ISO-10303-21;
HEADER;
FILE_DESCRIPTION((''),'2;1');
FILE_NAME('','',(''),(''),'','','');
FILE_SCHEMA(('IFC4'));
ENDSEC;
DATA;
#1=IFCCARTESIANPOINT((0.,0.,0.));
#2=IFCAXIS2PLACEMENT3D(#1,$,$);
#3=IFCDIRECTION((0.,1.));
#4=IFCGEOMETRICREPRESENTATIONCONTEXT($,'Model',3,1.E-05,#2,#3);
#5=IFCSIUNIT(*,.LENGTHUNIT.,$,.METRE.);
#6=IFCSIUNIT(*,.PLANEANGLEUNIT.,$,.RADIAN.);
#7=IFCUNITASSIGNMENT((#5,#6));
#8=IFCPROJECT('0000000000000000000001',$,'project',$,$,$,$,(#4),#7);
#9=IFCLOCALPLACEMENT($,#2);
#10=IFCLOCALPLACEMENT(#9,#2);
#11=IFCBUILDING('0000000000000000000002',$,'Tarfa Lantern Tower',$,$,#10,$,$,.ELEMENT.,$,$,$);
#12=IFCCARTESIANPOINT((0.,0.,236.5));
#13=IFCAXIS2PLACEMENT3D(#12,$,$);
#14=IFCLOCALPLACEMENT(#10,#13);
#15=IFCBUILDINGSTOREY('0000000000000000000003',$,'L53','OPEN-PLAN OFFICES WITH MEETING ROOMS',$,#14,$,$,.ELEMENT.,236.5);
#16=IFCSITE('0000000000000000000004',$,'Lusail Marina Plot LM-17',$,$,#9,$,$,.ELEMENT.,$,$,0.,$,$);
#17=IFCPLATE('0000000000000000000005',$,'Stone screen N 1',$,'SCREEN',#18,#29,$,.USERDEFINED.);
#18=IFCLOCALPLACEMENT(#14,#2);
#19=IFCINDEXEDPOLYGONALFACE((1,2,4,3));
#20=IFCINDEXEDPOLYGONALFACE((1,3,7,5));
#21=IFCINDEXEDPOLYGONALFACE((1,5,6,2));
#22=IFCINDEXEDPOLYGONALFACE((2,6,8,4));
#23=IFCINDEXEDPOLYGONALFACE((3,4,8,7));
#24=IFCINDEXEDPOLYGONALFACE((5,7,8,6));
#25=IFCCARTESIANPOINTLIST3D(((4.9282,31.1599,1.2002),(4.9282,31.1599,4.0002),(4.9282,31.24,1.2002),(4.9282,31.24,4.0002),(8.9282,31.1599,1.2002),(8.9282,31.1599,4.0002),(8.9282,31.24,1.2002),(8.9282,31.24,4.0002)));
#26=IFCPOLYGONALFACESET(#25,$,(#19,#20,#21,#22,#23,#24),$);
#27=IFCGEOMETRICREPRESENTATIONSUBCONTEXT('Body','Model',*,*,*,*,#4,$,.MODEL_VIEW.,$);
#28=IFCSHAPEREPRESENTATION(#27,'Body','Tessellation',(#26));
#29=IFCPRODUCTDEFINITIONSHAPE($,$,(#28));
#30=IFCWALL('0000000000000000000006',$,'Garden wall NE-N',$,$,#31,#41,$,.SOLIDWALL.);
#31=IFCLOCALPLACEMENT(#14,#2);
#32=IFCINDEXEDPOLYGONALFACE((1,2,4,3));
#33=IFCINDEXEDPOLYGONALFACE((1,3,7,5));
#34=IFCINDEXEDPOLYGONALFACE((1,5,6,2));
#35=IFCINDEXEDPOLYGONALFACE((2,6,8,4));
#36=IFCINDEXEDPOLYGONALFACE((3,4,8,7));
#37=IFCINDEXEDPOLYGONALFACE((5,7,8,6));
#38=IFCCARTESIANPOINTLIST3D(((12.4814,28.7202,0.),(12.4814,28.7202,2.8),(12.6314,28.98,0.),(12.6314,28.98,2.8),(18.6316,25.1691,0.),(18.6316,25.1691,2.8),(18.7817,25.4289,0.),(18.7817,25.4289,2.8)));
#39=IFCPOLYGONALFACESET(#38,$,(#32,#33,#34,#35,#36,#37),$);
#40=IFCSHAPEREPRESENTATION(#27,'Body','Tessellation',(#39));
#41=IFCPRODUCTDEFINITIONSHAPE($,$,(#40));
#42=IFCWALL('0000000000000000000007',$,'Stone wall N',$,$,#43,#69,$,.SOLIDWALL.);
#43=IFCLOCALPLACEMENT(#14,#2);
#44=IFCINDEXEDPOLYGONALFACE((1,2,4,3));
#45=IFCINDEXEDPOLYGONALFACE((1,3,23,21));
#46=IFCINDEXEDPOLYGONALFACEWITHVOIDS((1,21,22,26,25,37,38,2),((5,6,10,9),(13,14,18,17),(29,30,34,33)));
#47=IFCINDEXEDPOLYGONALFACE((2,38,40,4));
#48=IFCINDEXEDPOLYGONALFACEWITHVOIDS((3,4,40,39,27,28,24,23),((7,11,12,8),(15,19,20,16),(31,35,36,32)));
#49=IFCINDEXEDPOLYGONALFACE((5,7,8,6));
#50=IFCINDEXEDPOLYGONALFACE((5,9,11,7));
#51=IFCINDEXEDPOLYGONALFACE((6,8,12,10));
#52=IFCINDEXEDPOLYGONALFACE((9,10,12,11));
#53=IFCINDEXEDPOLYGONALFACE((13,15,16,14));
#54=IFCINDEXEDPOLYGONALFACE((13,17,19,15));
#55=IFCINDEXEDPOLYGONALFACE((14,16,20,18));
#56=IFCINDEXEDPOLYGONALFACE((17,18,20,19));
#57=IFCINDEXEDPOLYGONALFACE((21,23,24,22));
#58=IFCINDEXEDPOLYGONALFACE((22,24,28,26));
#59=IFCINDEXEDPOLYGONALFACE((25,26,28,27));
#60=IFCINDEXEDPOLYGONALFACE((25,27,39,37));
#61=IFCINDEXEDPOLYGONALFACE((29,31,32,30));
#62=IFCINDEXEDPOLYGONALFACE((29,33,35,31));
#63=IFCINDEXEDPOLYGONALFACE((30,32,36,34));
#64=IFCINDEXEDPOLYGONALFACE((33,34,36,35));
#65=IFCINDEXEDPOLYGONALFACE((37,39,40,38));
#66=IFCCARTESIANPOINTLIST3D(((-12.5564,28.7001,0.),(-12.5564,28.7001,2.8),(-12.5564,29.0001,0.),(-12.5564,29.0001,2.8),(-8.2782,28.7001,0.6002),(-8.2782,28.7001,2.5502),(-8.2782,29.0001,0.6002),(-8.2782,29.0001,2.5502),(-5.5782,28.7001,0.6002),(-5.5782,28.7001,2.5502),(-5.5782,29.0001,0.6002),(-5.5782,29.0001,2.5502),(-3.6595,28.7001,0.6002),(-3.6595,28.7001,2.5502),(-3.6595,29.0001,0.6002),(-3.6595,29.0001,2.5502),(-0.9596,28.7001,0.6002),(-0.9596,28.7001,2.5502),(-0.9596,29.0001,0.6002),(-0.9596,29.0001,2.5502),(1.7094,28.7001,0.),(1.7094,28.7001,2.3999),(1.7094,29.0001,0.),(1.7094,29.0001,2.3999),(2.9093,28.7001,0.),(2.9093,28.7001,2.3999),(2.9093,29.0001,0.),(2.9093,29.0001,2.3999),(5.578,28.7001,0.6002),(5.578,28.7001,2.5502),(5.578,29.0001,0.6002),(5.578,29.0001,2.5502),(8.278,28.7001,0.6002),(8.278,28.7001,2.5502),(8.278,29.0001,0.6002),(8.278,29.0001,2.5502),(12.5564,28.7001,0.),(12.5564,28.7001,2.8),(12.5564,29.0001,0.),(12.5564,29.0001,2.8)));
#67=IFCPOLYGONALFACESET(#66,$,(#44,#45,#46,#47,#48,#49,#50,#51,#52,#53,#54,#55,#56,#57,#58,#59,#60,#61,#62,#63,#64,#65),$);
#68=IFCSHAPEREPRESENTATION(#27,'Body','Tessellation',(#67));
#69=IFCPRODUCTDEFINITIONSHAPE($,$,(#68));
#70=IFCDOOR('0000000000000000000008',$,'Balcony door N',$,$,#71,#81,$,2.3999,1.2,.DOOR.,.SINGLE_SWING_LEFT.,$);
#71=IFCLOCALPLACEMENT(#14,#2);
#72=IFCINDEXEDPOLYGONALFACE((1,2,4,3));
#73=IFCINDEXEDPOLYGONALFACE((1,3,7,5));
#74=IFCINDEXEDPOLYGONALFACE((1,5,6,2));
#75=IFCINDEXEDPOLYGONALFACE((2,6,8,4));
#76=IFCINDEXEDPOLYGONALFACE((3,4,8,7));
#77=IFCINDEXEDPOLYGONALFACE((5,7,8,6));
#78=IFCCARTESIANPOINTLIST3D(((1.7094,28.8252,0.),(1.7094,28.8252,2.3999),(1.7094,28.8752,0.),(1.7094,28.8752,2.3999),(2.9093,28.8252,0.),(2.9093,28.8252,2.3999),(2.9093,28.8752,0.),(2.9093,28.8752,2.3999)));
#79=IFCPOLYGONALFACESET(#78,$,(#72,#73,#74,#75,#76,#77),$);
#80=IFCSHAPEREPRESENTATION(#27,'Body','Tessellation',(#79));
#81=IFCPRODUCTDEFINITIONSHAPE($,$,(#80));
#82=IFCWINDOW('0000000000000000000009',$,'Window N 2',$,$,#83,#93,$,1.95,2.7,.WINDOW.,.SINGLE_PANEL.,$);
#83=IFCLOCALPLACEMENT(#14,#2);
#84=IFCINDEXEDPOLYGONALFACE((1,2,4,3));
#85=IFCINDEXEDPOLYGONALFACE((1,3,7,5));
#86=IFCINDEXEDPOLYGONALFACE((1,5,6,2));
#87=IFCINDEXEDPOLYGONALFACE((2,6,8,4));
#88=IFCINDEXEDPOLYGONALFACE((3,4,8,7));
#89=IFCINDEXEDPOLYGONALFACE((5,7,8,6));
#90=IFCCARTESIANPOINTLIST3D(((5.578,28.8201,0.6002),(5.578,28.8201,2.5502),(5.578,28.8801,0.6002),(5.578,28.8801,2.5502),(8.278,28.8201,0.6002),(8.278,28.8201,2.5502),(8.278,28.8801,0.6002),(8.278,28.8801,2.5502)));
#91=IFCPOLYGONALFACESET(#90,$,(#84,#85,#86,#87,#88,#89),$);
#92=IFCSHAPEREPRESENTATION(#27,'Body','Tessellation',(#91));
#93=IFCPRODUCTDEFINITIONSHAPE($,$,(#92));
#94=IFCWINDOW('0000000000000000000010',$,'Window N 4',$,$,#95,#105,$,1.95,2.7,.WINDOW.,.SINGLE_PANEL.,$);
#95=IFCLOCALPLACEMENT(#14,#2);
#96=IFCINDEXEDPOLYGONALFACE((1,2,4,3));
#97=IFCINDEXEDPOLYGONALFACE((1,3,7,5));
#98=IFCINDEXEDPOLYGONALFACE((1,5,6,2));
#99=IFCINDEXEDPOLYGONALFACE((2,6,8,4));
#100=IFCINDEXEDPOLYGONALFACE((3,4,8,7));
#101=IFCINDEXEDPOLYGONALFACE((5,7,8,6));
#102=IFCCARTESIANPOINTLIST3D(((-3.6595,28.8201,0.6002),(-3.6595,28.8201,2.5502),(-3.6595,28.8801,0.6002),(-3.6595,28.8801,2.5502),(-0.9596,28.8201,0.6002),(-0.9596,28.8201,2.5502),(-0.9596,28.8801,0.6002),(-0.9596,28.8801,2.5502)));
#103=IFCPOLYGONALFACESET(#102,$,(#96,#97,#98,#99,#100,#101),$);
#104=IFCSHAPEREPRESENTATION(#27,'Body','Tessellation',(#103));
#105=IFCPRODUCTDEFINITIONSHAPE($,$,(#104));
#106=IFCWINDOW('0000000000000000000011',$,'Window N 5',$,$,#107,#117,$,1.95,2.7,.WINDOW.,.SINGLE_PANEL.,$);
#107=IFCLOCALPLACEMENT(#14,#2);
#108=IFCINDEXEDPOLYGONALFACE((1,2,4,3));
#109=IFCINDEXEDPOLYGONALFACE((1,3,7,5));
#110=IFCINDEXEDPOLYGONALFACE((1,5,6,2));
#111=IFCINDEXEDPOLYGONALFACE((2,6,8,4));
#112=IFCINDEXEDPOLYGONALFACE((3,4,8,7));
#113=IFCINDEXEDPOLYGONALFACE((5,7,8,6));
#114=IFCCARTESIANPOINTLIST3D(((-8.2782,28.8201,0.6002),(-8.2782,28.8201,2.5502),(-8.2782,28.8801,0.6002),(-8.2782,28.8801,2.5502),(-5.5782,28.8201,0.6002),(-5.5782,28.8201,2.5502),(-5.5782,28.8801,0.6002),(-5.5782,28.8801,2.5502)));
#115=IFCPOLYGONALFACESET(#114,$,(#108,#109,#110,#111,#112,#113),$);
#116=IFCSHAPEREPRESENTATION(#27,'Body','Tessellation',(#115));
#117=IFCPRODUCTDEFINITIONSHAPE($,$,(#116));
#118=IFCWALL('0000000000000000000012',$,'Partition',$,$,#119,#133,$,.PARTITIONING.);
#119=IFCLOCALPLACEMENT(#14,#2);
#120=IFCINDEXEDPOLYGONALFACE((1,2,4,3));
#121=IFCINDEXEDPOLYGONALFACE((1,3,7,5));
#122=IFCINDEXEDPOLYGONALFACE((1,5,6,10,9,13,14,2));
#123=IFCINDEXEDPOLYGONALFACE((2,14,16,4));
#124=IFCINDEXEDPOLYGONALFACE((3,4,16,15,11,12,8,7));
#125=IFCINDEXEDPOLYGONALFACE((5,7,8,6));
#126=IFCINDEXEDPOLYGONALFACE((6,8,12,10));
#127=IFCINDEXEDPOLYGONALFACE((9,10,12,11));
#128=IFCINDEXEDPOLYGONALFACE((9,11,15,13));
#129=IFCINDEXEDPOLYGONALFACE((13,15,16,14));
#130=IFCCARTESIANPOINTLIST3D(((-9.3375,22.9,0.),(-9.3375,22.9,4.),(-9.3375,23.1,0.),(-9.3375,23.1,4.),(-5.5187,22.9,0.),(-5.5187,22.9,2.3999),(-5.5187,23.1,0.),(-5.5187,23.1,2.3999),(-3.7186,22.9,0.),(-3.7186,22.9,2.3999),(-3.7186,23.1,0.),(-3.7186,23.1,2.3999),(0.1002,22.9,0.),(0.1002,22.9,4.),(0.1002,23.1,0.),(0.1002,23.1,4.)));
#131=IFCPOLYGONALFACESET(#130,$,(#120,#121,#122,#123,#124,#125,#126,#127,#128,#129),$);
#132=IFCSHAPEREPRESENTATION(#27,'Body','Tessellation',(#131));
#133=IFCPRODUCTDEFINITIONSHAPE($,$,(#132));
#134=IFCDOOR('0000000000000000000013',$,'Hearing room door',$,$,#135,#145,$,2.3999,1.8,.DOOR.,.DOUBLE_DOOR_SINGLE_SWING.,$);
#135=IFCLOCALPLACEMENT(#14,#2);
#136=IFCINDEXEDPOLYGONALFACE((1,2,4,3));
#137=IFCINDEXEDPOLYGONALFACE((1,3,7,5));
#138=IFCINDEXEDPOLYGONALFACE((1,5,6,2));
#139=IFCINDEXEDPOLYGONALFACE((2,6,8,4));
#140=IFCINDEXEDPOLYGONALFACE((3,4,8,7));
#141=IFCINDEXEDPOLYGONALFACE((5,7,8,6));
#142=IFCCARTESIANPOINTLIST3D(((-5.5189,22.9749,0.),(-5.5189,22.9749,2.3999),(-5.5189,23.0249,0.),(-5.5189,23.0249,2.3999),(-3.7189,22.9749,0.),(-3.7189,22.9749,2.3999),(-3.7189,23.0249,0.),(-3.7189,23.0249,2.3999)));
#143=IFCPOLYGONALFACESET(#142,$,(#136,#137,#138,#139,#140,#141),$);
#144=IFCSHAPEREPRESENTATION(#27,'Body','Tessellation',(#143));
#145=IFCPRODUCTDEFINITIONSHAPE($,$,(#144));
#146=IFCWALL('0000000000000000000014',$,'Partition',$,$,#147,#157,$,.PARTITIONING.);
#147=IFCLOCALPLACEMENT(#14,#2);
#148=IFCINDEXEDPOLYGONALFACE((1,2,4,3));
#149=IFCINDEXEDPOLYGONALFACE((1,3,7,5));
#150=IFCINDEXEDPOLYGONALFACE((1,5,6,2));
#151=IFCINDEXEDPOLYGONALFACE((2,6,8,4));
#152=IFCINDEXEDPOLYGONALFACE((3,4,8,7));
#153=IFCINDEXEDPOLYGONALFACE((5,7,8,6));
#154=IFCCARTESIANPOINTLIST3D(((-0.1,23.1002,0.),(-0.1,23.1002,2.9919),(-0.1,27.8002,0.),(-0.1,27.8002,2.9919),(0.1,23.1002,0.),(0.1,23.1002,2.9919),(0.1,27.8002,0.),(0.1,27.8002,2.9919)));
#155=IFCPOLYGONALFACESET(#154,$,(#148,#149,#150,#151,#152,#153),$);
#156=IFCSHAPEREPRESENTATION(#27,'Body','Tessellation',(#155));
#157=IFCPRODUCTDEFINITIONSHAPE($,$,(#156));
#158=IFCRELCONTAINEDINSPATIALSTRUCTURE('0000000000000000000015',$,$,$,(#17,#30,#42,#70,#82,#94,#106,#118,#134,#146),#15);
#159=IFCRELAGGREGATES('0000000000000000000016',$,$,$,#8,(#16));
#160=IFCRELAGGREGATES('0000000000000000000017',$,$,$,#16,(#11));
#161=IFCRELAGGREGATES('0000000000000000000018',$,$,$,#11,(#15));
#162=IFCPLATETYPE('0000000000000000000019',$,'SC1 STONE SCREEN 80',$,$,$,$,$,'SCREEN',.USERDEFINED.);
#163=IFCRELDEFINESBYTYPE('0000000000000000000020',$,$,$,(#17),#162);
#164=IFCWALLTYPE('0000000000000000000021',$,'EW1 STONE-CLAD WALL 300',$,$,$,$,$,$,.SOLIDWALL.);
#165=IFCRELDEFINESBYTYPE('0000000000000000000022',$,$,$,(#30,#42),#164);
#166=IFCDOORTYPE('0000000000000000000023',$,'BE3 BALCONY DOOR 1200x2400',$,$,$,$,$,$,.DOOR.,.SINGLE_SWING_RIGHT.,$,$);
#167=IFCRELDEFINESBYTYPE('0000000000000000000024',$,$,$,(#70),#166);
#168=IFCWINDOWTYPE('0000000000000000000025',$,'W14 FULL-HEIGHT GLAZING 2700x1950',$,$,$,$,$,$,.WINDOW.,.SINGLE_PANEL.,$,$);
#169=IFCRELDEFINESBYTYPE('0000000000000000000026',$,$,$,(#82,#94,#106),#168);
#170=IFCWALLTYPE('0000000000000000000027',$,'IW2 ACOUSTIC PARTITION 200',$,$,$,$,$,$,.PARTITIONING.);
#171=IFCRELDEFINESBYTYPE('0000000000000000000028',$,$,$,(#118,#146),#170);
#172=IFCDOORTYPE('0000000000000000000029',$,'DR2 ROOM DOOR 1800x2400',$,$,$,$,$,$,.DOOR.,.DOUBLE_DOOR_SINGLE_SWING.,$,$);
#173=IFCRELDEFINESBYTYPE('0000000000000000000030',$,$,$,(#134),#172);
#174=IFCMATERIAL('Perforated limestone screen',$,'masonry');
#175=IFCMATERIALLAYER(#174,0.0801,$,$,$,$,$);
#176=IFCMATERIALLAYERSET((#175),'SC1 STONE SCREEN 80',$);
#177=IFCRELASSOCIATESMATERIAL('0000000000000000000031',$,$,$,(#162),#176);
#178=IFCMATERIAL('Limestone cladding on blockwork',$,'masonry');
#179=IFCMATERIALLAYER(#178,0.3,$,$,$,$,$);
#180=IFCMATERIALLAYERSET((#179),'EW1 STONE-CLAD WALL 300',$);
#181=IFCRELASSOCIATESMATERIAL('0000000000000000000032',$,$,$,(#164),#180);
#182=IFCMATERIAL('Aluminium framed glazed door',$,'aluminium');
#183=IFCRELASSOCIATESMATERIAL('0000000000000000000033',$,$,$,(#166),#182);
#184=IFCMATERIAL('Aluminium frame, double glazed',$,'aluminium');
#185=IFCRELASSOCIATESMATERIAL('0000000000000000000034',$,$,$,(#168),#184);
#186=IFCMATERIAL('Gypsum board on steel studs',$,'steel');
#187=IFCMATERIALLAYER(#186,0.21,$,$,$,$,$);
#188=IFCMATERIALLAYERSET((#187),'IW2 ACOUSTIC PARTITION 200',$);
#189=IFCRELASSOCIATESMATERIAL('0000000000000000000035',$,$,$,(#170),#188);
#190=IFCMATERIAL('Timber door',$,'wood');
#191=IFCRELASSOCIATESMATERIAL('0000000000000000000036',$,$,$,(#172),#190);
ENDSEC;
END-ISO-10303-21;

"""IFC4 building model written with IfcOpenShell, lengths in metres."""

from ifc_helpers import new_model, si_unit, direction, frame, frame_2d, origin, origin_2d, place, context, subcontext, project, spatial, rectangle, extrude, material, layer, layer_set, type_object, element, fill, save


model = new_model("IFC4")

# Units and contexts
model_context = context("Model", 3, precision=1e-05, world=origin(), true_north=direction((0.0, 1.0)))
body_context = subcontext(model_context, "Body", "Model", "MODEL_VIEW")
ifc_project = project(units=[si_unit("LENGTHUNIT", "METRE"), si_unit("PLANEANGLEUNIT", "RADIAN")], contexts=[model_context])

# Site, building, storey
site_placement = place(None, origin())
site = spatial("IfcSite", under=ifc_project, at=site_placement, Name="Lusail Marina Plot LM-17", CompositionType="ELEMENT", RefElevation=0.0)
building_placement = place(site_placement, origin())
building = spatial("IfcBuilding", under=site, at=building_placement, Name="Tarfa Lantern Tower", CompositionType="ELEMENT")
storey_placement = place(building_placement, frame((0.0, 0.0, 236.5)))
storey = spatial("IfcBuildingStorey", under=building, at=storey_placement, Name="L53", Description="OPEN-PLAN OFFICES WITH MEETING ROOMS", CompositionType="ELEMENT", Elevation=236.5)

# Plate
ifc_material_1 = material(Name="Perforated limestone screen", Category="masonry")
ifc_layer_1 = layer(ifc_material_1, 0.0801)
ifc_layer_set_1 = layer_set([ifc_layer_1], Name="SC1 STONE SCREEN 80")
plate_type_1 = type_object("IfcPlateType", Name="SC1 STONE SCREEN 80", ElementType="SCREEN", PredefinedType="USERDEFINED", material=ifc_layer_set_1)
plate_1_placement = place(storey_placement, frame((6.9282, 31.2, 1.2002), z_axis=(0.0, 0.0, 1.0), x_axis=(-1.0, 0.0, 0.0)))
element("IfcPlate", 1, at=plate_1_placement, inside=storey, type_object=plate_type_1, Name="Stone screen N 1", ObjectType="SCREEN", PredefinedType="USERDEFINED", context=body_context, shape_type="SweptSolid", body=[
    extrude(rectangle(XDim=4.0, YDim=0.0801, at=origin_2d()), origin(), (0.0, 0.0, 1.0), 2.8),
])

# Wall
ifc_material_2 = material(Name="Limestone cladding on blockwork", Category="masonry")
ifc_layer_2 = layer(ifc_material_2, 0.3)
ifc_layer_set_2 = layer_set([ifc_layer_2], Name="EW1 STONE-CLAD WALL 300")
wall_type_1 = type_object("IfcWallType", Name="EW1 STONE-CLAD WALL 300", PredefinedType="SOLIDWALL", material=ifc_layer_set_2)
wall_1_placement = place(storey_placement, frame((18.7065, 25.2991, 0.0), z_axis=(0.0, 0.0, 1.0), x_axis=(-0.866011, 0.500025, 0.0)))
element("IfcWall", 2, at=wall_1_placement, inside=storey, type_object=wall_type_1, Name="Garden wall NE-N", PredefinedType="SOLIDWALL", context=body_context, shape_type="SweptSolid", body=[
    extrude(rectangle(XDim=7.1018, YDim=0.3, at=frame_2d((3.5508, 0.0))), origin(), (0.0, 0.0, 1.0), 2.8),
])

# Wall, openings, door, windows
wall_2_placement = place(storey_placement, frame((12.5564, 28.8501, 0.0), z_axis=(0.0, 0.0, 1.0), x_axis=(-1.0, 0.0, 0.0)))
wall_2 = element("IfcWall", 3, at=wall_2_placement, inside=storey, type_object=wall_type_1, Name="Stone wall N", PredefinedType="SOLIDWALL", context=body_context, shape_type="SweptSolid", body=[
    extrude(rectangle(XDim=25.1128, YDim=0.3, at=frame_2d((12.5564, 0.0))), origin(), (0.0, 0.0, 1.0), 2.8),
])
opening_1_placement = place(wall_2_placement, frame((4.2783, 0.0, 0.6001)))
opening_1 = element("IfcOpeningElement", 4, at=opening_1_placement, cuts=wall_2, PredefinedType="OPENING", context=body_context, shape_type="SweptSolid", body=[
    extrude(rectangle(XDim=2.7, YDim=1.95, at=frame_2d((1.3501, 0.9751))), frame((0.0, 0.1599, 0.0), z_axis=(0.0, -1.0, 0.0), x_axis=(1.0, 0.0, 0.0)), (0.0, 0.0, 1.0), 0.3201),
])
opening_2_placement = place(wall_2_placement, frame((9.647, 0.0, 0.0)))
opening_2 = element("IfcOpeningElement", 5, at=opening_2_placement, cuts=wall_2, PredefinedType="OPENING", context=body_context, shape_type="SweptSolid", body=[
    extrude(rectangle(XDim=1.2, YDim=2.3999, at=frame_2d((0.6001, 1.2))), frame((0.0, 0.1599, 0.0), z_axis=(0.0, -1.0, 0.0), x_axis=(1.0, 0.0, 0.0)), (0.0, 0.0, 1.0), 0.3201),
])
opening_3_placement = place(wall_2_placement, frame((13.5159, 0.0, 0.6001)))
opening_3 = element("IfcOpeningElement", 6, at=opening_3_placement, cuts=wall_2, PredefinedType="OPENING", context=body_context, shape_type="SweptSolid", body=[
    extrude(rectangle(XDim=2.7, YDim=1.95, at=frame_2d((1.3501, 0.9751))), frame((0.0, 0.1599, 0.0), z_axis=(0.0, -1.0, 0.0), x_axis=(1.0, 0.0, 0.0)), (0.0, 0.0, 1.0), 0.3201),
])
opening_4_placement = place(wall_2_placement, frame((18.1345, 0.0, 0.6001)))
opening_4 = element("IfcOpeningElement", 7, at=opening_4_placement, cuts=wall_2, PredefinedType="OPENING", context=body_context, shape_type="SweptSolid", body=[
    extrude(rectangle(XDim=2.7, YDim=1.95, at=frame_2d((1.3501, 0.9751))), frame((0.0, 0.1599, 0.0), z_axis=(0.0, -1.0, 0.0), x_axis=(1.0, 0.0, 0.0)), (0.0, 0.0, 1.0), 0.3201),
])
ifc_material_3 = material(Name="Aluminium framed glazed door", Category="aluminium")
door_type_1 = type_object("IfcDoorType", Name="BE3 BALCONY DOOR 1200x2400", OperationType="SINGLE_SWING_RIGHT", PredefinedType="DOOR", material=ifc_material_3)
door_1_placement = place(opening_2_placement, origin())
door_1 = element("IfcDoor", 8, at=door_1_placement, inside=storey, type_object=door_type_1, Name="Balcony door N", OperationType="SINGLE_SWING_LEFT", OverallHeight=2.3999, OverallWidth=1.2, PredefinedType="DOOR", context=body_context, shape_type="SweptSolid", body=[
    extrude(rectangle(XDim=1.2, YDim=2.3999, at=frame_2d((0.6001, 1.2))), frame((0.0, 0.0249, 0.0), z_axis=(0.0, -1.0, 0.0), x_axis=(1.0, 0.0, 0.0)), (0.0, 0.0, 1.0), 0.05),
])
fill(opening_2, door_1)
ifc_material_4 = material(Name="Aluminium frame, double glazed", Category="aluminium")
window_type = type_object("IfcWindowType", Name="W14 FULL-HEIGHT GLAZING 2700x1950", PartitioningType="SINGLE_PANEL", PredefinedType="WINDOW", material=ifc_material_4)
window_1_placement = place(opening_1_placement, origin())
window_1 = element("IfcWindow", 9, at=window_1_placement, inside=storey, type_object=window_type, Name="Window N 2", OverallHeight=1.95, OverallWidth=2.7, PartitioningType="SINGLE_PANEL", PredefinedType="WINDOW", context=body_context, shape_type="SweptSolid", body=[
    extrude(rectangle(XDim=2.7, YDim=1.95, at=frame_2d((1.3501, 0.9751))), frame((0.0, 0.03, 0.0), z_axis=(0.0, -1.0, 0.0), x_axis=(1.0, 0.0, 0.0)), (0.0, 0.0, 1.0), 0.0601),
])
fill(opening_1, window_1)
window_2_placement = place(opening_3_placement, origin())
window_2 = element("IfcWindow", 10, at=window_2_placement, inside=storey, type_object=window_type, Name="Window N 4", OverallHeight=1.95, OverallWidth=2.7, PartitioningType="SINGLE_PANEL", PredefinedType="WINDOW", context=body_context, shape_type="SweptSolid", body=[
    extrude(rectangle(XDim=2.7, YDim=1.95, at=frame_2d((1.3501, 0.9751))), frame((0.0, 0.03, 0.0), z_axis=(0.0, -1.0, 0.0), x_axis=(1.0, 0.0, 0.0)), (0.0, 0.0, 1.0), 0.0601),
])
fill(opening_3, window_2)
window_3_placement = place(opening_4_placement, origin())
window_3 = element("IfcWindow", 11, at=window_3_placement, inside=storey, type_object=window_type, Name="Window N 5", OverallHeight=1.95, OverallWidth=2.7, PartitioningType="SINGLE_PANEL", PredefinedType="WINDOW", context=body_context, shape_type="SweptSolid", body=[
    extrude(rectangle(XDim=2.7, YDim=1.95, at=frame_2d((1.3501, 0.9751))), frame((0.0, 0.03, 0.0), z_axis=(0.0, -1.0, 0.0), x_axis=(1.0, 0.0, 0.0)), (0.0, 0.0, 1.0), 0.0601),
])
fill(opening_4, window_3)

# Wall, opening, door
ifc_material_5 = material(Name="Gypsum board on steel studs", Category="steel")
ifc_layer_3 = layer(ifc_material_5, 0.21)
ifc_layer_set_3 = layer_set([ifc_layer_3], Name="IW2 ACOUSTIC PARTITION 200")
wall_type_2 = type_object("IfcWallType", Name="IW2 ACOUSTIC PARTITION 200", PredefinedType="PARTITIONING", material=ifc_layer_set_3)
wall_3_placement = place(storey_placement, frame((0.1001, 23.0, 0.0), z_axis=(0.0, 0.0, 1.0), x_axis=(-1.0, 0.0, 0.0)))
wall_3 = element("IfcWall", 12, at=wall_3_placement, inside=storey, type_object=wall_type_2, Name="Partition", PredefinedType="PARTITIONING", context=body_context, shape_type="SweptSolid", body=[
    extrude(rectangle(XDim=9.4377, YDim=0.2, at=frame_2d((4.7188, 0.0))), origin(), (0.0, 0.0, 1.0), 4.0),
])
opening_5_placement = place(wall_3_placement, frame((3.8188, 0.0, 0.0)))
opening_5 = element("IfcOpeningElement", 13, at=opening_5_placement, cuts=wall_3, PredefinedType="OPENING", context=body_context, shape_type="SweptSolid", body=[
    extrude(rectangle(XDim=1.8, YDim=2.3999, at=frame_2d((0.8999, 1.2))), frame((0.0, 0.1099, 0.0), z_axis=(0.0, -1.0, 0.0), x_axis=(1.0, 0.0, 0.0)), (0.0, 0.0, 1.0), 0.22),
])
ifc_material_6 = material(Name="Timber door", Category="wood")
door_type_2 = type_object("IfcDoorType", Name="DR2 ROOM DOOR 1800x2400", OperationType="DOUBLE_DOOR_SINGLE_SWING", PredefinedType="DOOR", material=ifc_material_6)
door_2_placement = place(opening_5_placement, frame((1.8, 0.0, 0.0), z_axis=(0.0, 0.0, 1.0), x_axis=(-1.0, 0.0, 0.0)))
door_2 = element("IfcDoor", 14, at=door_2_placement, inside=storey, type_object=door_type_2, Name="Hearing room door", OperationType="DOUBLE_DOOR_SINGLE_SWING", OverallHeight=2.3999, OverallWidth=1.8, PredefinedType="DOOR", context=body_context, shape_type="SweptSolid", body=[
    extrude(rectangle(XDim=1.8, YDim=2.3999, at=frame_2d((0.8999, 1.2))), frame((0.0, 0.0249, 0.0), z_axis=(0.0, -1.0, 0.0), x_axis=(1.0, 0.0, 0.0)), (0.0, 0.0, 1.0), 0.05),
])
fill(opening_5, door_2)

# Wall
wall_4_placement = place(storey_placement, frame((0.0, 23.1001, 0.0), z_axis=(0.0, 0.0, 1.0), x_axis=(0.0, 1.0, 0.0)))
element("IfcWall", 15, at=wall_4_placement, inside=storey, type_object=wall_type_2, Name="Partition", PredefinedType="PARTITIONING", context=body_context, shape_type="SweptSolid", body=[
    extrude(rectangle(XDim=4.7, YDim=0.2, at=frame_2d((2.3501, 0.0))), origin(), (0.0, 0.0, 1.0), 2.9919),
])

save(model, "model.ifc")
